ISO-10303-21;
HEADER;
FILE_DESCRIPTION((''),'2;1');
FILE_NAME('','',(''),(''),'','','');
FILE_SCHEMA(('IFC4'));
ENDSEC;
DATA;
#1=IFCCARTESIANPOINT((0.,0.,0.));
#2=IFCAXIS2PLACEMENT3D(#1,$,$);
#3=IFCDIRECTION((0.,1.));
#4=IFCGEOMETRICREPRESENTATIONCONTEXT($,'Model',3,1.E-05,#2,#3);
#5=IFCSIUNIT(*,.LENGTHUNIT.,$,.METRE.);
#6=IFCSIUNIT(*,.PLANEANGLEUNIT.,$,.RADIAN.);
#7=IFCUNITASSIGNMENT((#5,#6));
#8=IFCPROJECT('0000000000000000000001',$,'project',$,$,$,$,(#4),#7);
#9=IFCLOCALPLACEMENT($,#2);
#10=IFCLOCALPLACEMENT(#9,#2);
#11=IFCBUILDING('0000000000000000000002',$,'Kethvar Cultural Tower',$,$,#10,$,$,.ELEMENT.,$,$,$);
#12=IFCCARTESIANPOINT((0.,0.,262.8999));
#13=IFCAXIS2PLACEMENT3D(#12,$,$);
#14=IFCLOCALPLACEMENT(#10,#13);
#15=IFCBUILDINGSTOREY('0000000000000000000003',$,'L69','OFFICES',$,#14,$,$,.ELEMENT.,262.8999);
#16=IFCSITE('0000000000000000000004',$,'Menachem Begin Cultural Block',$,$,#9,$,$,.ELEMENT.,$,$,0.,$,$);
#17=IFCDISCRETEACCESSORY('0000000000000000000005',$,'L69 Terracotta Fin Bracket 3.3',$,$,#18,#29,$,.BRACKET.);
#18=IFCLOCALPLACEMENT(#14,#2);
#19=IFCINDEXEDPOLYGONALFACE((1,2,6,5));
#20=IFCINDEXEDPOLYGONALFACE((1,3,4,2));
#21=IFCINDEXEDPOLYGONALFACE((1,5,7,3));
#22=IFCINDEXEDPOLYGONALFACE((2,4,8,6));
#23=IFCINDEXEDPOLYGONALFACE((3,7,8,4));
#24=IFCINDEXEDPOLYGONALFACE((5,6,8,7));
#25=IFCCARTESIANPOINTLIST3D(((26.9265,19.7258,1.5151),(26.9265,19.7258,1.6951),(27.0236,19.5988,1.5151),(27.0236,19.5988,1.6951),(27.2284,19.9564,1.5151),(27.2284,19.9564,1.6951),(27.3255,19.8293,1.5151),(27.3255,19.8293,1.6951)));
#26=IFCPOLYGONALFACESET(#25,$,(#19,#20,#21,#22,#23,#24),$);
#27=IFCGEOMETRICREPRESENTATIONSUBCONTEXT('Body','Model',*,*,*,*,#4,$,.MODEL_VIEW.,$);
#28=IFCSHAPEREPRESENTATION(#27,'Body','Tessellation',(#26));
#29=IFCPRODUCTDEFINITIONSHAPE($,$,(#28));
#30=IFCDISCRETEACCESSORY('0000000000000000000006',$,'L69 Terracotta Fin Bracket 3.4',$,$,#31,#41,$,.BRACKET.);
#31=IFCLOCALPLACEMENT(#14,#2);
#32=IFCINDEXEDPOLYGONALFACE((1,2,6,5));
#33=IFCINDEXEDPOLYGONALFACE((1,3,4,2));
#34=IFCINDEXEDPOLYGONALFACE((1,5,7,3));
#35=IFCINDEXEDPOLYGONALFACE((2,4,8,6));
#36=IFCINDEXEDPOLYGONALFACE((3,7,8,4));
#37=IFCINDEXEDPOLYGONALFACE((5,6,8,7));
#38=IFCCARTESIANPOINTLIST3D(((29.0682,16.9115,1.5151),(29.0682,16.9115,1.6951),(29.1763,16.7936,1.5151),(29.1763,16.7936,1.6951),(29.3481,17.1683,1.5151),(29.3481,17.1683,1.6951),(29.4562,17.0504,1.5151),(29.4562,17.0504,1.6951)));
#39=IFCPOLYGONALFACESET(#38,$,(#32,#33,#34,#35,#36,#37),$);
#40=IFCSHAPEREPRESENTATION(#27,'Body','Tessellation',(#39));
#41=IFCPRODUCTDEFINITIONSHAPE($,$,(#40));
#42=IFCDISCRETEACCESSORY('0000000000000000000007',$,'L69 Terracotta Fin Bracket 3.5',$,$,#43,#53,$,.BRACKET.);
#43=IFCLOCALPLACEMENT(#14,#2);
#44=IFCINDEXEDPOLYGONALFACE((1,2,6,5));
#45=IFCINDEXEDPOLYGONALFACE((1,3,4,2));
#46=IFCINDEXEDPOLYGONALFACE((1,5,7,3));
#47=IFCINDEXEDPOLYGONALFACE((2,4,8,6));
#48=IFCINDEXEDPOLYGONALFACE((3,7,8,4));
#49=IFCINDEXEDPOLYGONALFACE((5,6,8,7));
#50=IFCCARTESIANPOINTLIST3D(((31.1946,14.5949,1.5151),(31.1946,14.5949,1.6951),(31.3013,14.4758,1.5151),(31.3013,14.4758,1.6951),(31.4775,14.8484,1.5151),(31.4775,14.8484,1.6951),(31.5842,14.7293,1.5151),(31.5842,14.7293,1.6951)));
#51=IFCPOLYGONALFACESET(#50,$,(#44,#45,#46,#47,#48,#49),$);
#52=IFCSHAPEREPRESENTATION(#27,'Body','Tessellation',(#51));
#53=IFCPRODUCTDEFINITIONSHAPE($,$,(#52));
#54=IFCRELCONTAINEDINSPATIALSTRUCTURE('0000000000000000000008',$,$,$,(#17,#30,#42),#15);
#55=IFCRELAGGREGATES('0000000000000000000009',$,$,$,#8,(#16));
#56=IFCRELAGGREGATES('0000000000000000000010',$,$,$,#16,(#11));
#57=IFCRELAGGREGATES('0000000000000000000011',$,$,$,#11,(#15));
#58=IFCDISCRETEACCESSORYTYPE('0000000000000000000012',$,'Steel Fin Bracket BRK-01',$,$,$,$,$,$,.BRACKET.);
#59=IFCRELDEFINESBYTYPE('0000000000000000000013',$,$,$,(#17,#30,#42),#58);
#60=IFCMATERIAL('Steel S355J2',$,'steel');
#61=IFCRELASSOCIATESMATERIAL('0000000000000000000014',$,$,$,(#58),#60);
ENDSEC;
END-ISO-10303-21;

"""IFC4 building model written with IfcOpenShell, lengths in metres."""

from ifc_helpers import new_model, si_unit, direction, frame, origin, origin_2d, place, context, subcontext, project, spatial, rectangle, extrude, source, transform, mapped, material, type_object, element, save


model = new_model("IFC4")

# Units and contexts
model_context = context("Model", 3, precision=1e-05, world=origin(), true_north=direction((0.0, 1.0)))
body_context = subcontext(model_context, "Body", "Model", "MODEL_VIEW")
ifc_project = project(units=[si_unit("LENGTHUNIT", "METRE"), si_unit("PLANEANGLEUNIT", "RADIAN")], contexts=[model_context])

# Site, building, storey
site_placement = place(None, origin())
site = spatial("IfcSite", under=ifc_project, at=site_placement, Name="Menachem Begin Cultural Block", CompositionType="ELEMENT", RefElevation=0.0)
building_placement = place(site_placement, origin())
building = spatial("IfcBuilding", under=site, at=building_placement, Name="Kethvar Cultural Tower", CompositionType="ELEMENT")
storey_placement = place(building_placement, frame((0.0, 0.0, 262.8999)))
storey = spatial("IfcBuildingStorey", under=building, at=storey_placement, Name="L69", Description="OFFICES", CompositionType="ELEMENT", Elevation=262.8999)

# Shared definitions
ifc_material_1 = material(Name="Steel S355J2", Category="steel")

# Discrete accessories
discrete_accessory_type = type_object("IfcDiscreteAccessoryType", Name="Steel Fin Bracket BRK-01", PredefinedType="BRACKET", material=ifc_material_1)
shared_shape_1 = source(origin(), body_context, "Body", "SweptSolid", [
    extrude(rectangle(XDim=0.3799, YDim=0.1599, at=origin_2d()), origin(), (0.0, 0.0, 1.0), 0.1799),
])
for number, where, z_axis, x_axis, name in (
    (1, (27.126, 19.7776, 1.5151), (0.0, 0.0, 1.0), (-0.794733, -0.60696, 0.0), "L69 Terracotta Fin Bracket 3.3"),
    (2, (29.2622, 16.981, 1.5151), (0.0, 0.0, 1.0), (-0.736923, -0.675976, 0.0), "L69 Terracotta Fin Bracket 3.4"),
    (3, (31.3894, 14.6621, 1.5151), (0.0, 0.0, 1.0), (-0.744894, -0.667183, 0.0), "L69 Terracotta Fin Bracket 3.5"),
):
    element("IfcDiscreteAccessory", number, at=place(storey_placement, frame(where, z_axis=z_axis, x_axis=x_axis)), inside=storey, type_object=discrete_accessory_type, Name=name, PredefinedType="BRACKET", context=body_context, shape_type="MappedRepresentation", body=[
        mapped(shared_shape_1, transform((0.0, 0.0, 0.0), scale=1.0)),
    ])

save(model, "model.ifc")
